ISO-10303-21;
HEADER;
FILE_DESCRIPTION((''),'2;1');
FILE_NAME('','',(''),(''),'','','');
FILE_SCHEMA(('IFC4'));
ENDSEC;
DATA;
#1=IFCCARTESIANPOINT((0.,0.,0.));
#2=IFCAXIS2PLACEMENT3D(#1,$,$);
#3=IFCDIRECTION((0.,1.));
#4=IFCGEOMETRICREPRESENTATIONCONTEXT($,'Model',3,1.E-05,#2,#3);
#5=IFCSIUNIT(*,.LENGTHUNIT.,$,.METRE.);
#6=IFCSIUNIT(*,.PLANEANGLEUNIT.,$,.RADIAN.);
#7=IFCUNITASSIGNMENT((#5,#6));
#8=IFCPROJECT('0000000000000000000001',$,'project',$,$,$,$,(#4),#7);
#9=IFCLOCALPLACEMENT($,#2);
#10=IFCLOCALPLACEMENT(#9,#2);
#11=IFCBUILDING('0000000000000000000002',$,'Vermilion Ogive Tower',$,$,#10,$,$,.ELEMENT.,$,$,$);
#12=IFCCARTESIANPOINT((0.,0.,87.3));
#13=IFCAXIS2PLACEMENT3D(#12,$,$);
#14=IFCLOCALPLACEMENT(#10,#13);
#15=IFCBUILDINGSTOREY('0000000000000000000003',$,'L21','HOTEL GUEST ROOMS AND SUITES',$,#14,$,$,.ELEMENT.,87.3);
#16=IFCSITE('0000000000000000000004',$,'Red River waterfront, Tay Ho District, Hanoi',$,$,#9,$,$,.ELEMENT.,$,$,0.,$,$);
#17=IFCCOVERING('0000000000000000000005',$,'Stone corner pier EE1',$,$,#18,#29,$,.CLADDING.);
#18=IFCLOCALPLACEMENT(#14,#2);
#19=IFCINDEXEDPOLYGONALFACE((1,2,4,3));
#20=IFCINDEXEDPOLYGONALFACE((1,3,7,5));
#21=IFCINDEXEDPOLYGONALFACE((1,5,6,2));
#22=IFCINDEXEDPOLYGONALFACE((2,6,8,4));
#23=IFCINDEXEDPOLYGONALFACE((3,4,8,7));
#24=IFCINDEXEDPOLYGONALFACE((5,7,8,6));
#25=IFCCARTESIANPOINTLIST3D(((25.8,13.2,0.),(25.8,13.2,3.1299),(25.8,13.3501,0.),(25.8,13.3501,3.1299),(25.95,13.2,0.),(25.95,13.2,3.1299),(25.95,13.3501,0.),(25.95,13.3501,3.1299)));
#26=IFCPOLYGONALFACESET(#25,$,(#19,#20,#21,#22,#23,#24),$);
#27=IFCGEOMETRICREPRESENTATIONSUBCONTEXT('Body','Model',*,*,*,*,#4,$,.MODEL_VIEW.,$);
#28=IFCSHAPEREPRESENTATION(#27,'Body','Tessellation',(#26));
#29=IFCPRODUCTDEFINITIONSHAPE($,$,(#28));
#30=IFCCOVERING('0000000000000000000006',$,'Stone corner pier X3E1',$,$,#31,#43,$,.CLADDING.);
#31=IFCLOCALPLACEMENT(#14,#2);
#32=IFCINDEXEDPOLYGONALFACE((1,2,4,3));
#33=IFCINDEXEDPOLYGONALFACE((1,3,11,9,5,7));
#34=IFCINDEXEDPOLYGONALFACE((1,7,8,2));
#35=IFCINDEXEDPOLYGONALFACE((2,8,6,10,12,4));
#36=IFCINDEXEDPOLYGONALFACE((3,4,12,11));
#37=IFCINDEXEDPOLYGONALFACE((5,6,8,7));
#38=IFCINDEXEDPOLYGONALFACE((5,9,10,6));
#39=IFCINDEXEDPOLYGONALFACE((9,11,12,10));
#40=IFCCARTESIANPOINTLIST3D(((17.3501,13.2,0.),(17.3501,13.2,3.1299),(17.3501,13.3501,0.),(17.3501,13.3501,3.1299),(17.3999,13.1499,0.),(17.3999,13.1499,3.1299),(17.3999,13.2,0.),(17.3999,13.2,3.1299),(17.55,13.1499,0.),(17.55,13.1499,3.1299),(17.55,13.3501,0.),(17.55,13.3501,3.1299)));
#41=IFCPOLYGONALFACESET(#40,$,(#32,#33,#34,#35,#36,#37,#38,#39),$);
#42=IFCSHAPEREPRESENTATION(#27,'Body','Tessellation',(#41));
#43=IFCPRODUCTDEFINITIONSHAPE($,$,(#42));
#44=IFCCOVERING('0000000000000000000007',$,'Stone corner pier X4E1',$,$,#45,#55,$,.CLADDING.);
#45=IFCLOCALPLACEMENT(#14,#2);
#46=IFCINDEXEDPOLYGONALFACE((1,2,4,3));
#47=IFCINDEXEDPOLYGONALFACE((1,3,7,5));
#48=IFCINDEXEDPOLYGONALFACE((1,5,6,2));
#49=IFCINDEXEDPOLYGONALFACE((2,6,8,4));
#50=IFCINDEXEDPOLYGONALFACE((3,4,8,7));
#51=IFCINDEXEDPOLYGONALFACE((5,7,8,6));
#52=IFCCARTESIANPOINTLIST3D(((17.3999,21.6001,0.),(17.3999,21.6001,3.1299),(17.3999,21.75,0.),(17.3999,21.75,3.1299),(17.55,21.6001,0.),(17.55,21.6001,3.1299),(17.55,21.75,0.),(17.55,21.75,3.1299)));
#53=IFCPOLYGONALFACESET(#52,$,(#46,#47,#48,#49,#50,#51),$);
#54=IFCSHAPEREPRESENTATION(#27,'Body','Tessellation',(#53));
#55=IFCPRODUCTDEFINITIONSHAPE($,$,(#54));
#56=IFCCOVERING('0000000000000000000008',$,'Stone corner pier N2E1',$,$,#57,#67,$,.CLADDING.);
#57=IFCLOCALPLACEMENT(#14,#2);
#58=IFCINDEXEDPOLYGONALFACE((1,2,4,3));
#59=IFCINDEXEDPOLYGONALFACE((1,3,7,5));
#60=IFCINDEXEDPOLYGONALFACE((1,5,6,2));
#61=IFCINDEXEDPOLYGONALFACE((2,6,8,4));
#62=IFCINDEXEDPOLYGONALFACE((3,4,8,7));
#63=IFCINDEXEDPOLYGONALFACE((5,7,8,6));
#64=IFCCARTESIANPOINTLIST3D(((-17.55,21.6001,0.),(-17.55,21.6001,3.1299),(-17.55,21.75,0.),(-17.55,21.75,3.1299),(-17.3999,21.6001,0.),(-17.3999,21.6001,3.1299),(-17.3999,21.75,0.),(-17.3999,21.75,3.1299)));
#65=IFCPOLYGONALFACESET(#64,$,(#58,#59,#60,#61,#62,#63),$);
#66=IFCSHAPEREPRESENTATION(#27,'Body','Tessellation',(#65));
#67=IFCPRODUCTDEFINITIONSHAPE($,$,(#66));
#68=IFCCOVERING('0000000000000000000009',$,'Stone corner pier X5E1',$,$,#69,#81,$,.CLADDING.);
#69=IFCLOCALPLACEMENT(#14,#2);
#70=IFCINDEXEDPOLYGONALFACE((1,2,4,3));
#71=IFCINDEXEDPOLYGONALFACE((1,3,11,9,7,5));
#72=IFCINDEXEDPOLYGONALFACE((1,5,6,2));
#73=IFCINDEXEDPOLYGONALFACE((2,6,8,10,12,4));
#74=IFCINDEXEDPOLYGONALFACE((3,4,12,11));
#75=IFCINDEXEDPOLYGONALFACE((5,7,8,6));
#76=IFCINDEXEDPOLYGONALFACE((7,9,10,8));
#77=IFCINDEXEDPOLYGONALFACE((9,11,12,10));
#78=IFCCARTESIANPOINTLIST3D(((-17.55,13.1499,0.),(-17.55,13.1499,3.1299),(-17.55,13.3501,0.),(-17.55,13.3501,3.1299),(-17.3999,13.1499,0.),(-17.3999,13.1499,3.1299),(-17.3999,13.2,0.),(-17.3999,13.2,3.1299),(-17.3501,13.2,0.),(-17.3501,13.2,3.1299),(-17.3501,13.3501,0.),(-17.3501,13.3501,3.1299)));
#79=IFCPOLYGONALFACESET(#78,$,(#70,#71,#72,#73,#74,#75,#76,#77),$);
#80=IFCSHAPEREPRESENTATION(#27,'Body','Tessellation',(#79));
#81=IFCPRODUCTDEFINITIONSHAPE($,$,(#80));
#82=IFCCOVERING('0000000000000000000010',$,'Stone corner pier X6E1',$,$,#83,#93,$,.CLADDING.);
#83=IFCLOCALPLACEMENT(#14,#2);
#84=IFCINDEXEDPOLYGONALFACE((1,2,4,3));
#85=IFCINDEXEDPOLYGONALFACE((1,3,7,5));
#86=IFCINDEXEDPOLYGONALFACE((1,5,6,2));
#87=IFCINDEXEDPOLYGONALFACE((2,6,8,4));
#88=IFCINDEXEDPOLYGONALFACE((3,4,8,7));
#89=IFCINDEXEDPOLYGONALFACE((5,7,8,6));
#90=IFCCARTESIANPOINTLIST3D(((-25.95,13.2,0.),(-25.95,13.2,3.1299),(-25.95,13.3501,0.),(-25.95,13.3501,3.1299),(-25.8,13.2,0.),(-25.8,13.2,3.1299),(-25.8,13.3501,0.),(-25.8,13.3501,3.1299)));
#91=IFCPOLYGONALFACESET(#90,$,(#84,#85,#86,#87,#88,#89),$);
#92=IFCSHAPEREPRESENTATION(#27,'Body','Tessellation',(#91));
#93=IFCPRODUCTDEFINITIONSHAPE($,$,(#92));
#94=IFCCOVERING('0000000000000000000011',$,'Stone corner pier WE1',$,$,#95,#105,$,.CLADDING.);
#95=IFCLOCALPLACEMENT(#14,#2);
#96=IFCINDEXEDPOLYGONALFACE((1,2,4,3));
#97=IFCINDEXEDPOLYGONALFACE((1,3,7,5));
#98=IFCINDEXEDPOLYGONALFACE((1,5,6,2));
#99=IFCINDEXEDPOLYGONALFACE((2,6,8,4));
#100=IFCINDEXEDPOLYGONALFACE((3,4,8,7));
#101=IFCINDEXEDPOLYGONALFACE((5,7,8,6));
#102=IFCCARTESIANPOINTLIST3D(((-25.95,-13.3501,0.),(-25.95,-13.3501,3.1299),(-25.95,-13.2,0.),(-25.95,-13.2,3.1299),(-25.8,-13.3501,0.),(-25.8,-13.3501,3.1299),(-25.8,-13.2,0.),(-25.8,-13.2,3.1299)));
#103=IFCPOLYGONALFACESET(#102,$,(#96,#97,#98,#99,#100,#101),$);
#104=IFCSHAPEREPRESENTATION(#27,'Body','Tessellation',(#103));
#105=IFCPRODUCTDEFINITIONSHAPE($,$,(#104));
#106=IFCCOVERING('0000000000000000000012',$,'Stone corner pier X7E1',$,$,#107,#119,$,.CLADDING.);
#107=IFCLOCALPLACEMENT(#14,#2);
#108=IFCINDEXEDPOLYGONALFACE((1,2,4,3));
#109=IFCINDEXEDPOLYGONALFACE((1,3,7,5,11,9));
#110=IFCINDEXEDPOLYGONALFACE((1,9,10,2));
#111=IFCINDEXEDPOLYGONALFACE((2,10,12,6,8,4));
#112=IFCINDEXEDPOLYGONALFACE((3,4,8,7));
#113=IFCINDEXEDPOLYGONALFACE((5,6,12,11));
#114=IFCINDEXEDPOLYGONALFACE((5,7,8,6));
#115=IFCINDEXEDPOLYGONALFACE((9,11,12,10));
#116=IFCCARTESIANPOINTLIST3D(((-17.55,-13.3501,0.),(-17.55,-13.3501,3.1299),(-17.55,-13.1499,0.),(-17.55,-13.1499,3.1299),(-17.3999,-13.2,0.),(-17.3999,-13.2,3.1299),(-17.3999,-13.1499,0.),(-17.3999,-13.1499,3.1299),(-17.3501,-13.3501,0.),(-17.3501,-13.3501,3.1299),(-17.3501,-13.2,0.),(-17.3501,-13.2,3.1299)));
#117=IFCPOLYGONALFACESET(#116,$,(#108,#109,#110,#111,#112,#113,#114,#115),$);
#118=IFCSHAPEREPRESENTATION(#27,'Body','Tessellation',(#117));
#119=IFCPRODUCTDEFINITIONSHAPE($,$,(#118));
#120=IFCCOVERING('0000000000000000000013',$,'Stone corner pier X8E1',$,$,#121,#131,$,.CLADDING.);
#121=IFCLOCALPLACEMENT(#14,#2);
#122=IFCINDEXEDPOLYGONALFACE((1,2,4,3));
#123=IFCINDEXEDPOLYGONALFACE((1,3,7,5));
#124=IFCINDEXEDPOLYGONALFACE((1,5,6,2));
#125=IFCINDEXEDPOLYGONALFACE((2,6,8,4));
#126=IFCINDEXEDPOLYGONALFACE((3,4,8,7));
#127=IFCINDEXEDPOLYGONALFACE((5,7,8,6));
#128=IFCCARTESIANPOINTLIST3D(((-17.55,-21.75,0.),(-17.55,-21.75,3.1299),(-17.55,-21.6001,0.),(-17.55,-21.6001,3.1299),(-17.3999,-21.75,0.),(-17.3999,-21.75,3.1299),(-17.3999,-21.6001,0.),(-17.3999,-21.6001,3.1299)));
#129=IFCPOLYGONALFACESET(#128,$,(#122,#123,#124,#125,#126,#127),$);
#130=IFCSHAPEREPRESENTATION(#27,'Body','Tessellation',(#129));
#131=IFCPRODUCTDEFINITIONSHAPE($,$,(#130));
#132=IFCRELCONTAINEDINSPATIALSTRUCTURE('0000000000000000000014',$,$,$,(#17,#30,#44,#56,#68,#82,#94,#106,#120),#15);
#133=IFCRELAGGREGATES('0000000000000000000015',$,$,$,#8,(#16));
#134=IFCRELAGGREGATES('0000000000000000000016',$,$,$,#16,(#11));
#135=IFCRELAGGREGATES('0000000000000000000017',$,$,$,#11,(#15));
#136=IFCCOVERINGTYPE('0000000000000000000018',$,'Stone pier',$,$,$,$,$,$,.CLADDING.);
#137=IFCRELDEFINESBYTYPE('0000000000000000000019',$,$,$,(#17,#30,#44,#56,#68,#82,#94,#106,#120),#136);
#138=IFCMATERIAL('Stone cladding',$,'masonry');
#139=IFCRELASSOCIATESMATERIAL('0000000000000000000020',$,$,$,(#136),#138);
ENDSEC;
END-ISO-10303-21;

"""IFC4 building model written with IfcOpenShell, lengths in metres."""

from ifc_helpers import new_model, si_unit, direction, frame, origin, place, context, subcontext, project, spatial, polyline, outline, extrude, material, type_object, element, save


model = new_model("IFC4")

# Units and contexts
model_context = context("Model", 3, precision=1e-05, world=origin(), true_north=direction((0.0, 1.0)))
body_context = subcontext(model_context, "Body", "Model", "MODEL_VIEW")
ifc_project = project(units=[si_unit("LENGTHUNIT", "METRE"), si_unit("PLANEANGLEUNIT", "RADIAN")], contexts=[model_context])

# Site, building, storey
site_placement = place(None, origin())
site = spatial("IfcSite", under=ifc_project, at=site_placement, Name="Red River waterfront, Tay Ho District, Hanoi", CompositionType="ELEMENT", RefElevation=0.0)
building_placement = place(site_placement, origin())
building = spatial("IfcBuilding", under=site, at=building_placement, Name="Vermilion Ogive Tower", CompositionType="ELEMENT")
storey_placement = place(building_placement, frame((0.0, 0.0, 87.3)))
storey = spatial("IfcBuildingStorey", under=building, at=storey_placement, Name="L21", Description="HOTEL GUEST ROOMS AND SUITES", CompositionType="ELEMENT", Elevation=87.3)

# Coverings
ifc_material_1 = material(Name="Stone cladding", Category="masonry")
covering_type_1 = type_object("IfcCoveringType", Name="Stone pier", PredefinedType="CLADDING", material=ifc_material_1)
covering_1_placement = place(storey_placement, origin())
element("IfcCovering", 1, at=covering_1_placement, inside=storey, type_object=covering_type_1, Name="Stone corner pier EE1", PredefinedType="CLADDING", context=body_context, shape_type="SweptSolid", body=[
    extrude(outline(polyline([(25.95, 13.2), (25.8, 13.2), (25.8, 13.3501), (25.95, 13.3501), (25.95, 13.2)])), origin(), (0.0, 0.0, 1.0), 3.1299),
])
covering_2_placement = place(storey_placement, origin())
element("IfcCovering", 2, at=covering_2_placement, inside=storey, type_object=covering_type_1, Name="Stone corner pier X3E1", PredefinedType="CLADDING", context=body_context, shape_type="SweptSolid", body=[
    extrude(outline(polyline([(17.3999, 13.1499), (17.3999, 13.2), (17.3501, 13.2), (17.3501, 13.3501), (17.55, 13.3501), (17.55, 13.1499), (17.3999, 13.1499)])), origin(), (0.0, 0.0, 1.0), 3.1299),
])
covering_3_placement = place(storey_placement, origin())
element("IfcCovering", 3, at=covering_3_placement, inside=storey, type_object=covering_type_1, Name="Stone corner pier X4E1", PredefinedType="CLADDING", context=body_context, shape_type="SweptSolid", body=[
    extrude(outline(polyline([(17.55, 21.6001), (17.3999, 21.6001), (17.3999, 21.6001), (17.3999, 21.75), (17.55, 21.75), (17.55, 21.6001)])), origin(), (0.0, 0.0, 1.0), 3.1299),
])
covering_4_placement = place(storey_placement, origin())
element("IfcCovering", 4, at=covering_4_placement, inside=storey, type_object=covering_type_1, Name="Stone corner pier N2E1", PredefinedType="CLADDING", context=body_context, shape_type="SweptSolid", body=[
    extrude(outline(polyline([(-17.3999, 21.75), (-17.3999, 21.6001), (-17.3999, 21.6001), (-17.55, 21.6001), (-17.55, 21.75), (-17.3999, 21.75)])), origin(), (0.0, 0.0, 1.0), 3.1299),
])
covering_5_placement = place(storey_placement, origin())
element("IfcCovering", 5, at=covering_5_placement, inside=storey, type_object=covering_type_1, Name="Stone corner pier X5E1", PredefinedType="CLADDING", context=body_context, shape_type="SweptSolid", body=[
    extrude(outline(polyline([(-17.3501, 13.2), (-17.3999, 13.2), (-17.3999, 13.1499), (-17.55, 13.1499), (-17.55, 13.3501), (-17.3501, 13.3501), (-17.3501, 13.2)])), origin(), (0.0, 0.0, 1.0), 3.1299),
])
covering_6_placement = place(storey_placement, origin())
element("IfcCovering", 6, at=covering_6_placement, inside=storey, type_object=covering_type_1, Name="Stone corner pier X6E1", PredefinedType="CLADDING", context=body_context, shape_type="SweptSolid", body=[
    extrude(outline(polyline([(-25.8, 13.3501), (-25.8, 13.2), (-25.95, 13.2), (-25.95, 13.3501), (-25.8, 13.3501)])), origin(), (0.0, 0.0, 1.0), 3.1299),
])
covering_7_placement = place(storey_placement, origin())
element("IfcCovering", 7, at=covering_7_placement, inside=storey, type_object=covering_type_1, Name="Stone corner pier WE1", PredefinedType="CLADDING", context=body_context, shape_type="SweptSolid", body=[
    extrude(outline(polyline([(-25.95, -13.2), (-25.8, -13.2), (-25.8, -13.3501), (-25.95, -13.3501), (-25.95, -13.2)])), origin(), (0.0, 0.0, 1.0), 3.1299),
])
covering_8_placement = place(storey_placement, origin())
element("IfcCovering", 8, at=covering_8_placement, inside=storey, type_object=covering_type_1, Name="Stone corner pier X7E1", PredefinedType="CLADDING", context=body_context, shape_type="SweptSolid", body=[
    extrude(outline(polyline([(-17.3999, -13.1499), (-17.3999, -13.2), (-17.3501, -13.2), (-17.3501, -13.3501), (-17.55, -13.3501), (-17.55, -13.1499), (-17.3999, -13.1499)])), origin(), (0.0, 0.0, 1.0), 3.1299),
])
covering_9_placement = place(storey_placement, origin())
element("IfcCovering", 9, at=covering_9_placement, inside=storey, type_object=covering_type_1, Name="Stone corner pier X8E1", PredefinedType="CLADDING", context=body_context, shape_type="SweptSolid", body=[
    extrude(outline(polyline([(-17.55, -21.6001), (-17.3999, -21.6001), (-17.3999, -21.6001), (-17.3999, -21.75), (-17.55, -21.75), (-17.55, -21.6001)])), origin(), (0.0, 0.0, 1.0), 3.1299),
])

save(model, "model.ifc")
